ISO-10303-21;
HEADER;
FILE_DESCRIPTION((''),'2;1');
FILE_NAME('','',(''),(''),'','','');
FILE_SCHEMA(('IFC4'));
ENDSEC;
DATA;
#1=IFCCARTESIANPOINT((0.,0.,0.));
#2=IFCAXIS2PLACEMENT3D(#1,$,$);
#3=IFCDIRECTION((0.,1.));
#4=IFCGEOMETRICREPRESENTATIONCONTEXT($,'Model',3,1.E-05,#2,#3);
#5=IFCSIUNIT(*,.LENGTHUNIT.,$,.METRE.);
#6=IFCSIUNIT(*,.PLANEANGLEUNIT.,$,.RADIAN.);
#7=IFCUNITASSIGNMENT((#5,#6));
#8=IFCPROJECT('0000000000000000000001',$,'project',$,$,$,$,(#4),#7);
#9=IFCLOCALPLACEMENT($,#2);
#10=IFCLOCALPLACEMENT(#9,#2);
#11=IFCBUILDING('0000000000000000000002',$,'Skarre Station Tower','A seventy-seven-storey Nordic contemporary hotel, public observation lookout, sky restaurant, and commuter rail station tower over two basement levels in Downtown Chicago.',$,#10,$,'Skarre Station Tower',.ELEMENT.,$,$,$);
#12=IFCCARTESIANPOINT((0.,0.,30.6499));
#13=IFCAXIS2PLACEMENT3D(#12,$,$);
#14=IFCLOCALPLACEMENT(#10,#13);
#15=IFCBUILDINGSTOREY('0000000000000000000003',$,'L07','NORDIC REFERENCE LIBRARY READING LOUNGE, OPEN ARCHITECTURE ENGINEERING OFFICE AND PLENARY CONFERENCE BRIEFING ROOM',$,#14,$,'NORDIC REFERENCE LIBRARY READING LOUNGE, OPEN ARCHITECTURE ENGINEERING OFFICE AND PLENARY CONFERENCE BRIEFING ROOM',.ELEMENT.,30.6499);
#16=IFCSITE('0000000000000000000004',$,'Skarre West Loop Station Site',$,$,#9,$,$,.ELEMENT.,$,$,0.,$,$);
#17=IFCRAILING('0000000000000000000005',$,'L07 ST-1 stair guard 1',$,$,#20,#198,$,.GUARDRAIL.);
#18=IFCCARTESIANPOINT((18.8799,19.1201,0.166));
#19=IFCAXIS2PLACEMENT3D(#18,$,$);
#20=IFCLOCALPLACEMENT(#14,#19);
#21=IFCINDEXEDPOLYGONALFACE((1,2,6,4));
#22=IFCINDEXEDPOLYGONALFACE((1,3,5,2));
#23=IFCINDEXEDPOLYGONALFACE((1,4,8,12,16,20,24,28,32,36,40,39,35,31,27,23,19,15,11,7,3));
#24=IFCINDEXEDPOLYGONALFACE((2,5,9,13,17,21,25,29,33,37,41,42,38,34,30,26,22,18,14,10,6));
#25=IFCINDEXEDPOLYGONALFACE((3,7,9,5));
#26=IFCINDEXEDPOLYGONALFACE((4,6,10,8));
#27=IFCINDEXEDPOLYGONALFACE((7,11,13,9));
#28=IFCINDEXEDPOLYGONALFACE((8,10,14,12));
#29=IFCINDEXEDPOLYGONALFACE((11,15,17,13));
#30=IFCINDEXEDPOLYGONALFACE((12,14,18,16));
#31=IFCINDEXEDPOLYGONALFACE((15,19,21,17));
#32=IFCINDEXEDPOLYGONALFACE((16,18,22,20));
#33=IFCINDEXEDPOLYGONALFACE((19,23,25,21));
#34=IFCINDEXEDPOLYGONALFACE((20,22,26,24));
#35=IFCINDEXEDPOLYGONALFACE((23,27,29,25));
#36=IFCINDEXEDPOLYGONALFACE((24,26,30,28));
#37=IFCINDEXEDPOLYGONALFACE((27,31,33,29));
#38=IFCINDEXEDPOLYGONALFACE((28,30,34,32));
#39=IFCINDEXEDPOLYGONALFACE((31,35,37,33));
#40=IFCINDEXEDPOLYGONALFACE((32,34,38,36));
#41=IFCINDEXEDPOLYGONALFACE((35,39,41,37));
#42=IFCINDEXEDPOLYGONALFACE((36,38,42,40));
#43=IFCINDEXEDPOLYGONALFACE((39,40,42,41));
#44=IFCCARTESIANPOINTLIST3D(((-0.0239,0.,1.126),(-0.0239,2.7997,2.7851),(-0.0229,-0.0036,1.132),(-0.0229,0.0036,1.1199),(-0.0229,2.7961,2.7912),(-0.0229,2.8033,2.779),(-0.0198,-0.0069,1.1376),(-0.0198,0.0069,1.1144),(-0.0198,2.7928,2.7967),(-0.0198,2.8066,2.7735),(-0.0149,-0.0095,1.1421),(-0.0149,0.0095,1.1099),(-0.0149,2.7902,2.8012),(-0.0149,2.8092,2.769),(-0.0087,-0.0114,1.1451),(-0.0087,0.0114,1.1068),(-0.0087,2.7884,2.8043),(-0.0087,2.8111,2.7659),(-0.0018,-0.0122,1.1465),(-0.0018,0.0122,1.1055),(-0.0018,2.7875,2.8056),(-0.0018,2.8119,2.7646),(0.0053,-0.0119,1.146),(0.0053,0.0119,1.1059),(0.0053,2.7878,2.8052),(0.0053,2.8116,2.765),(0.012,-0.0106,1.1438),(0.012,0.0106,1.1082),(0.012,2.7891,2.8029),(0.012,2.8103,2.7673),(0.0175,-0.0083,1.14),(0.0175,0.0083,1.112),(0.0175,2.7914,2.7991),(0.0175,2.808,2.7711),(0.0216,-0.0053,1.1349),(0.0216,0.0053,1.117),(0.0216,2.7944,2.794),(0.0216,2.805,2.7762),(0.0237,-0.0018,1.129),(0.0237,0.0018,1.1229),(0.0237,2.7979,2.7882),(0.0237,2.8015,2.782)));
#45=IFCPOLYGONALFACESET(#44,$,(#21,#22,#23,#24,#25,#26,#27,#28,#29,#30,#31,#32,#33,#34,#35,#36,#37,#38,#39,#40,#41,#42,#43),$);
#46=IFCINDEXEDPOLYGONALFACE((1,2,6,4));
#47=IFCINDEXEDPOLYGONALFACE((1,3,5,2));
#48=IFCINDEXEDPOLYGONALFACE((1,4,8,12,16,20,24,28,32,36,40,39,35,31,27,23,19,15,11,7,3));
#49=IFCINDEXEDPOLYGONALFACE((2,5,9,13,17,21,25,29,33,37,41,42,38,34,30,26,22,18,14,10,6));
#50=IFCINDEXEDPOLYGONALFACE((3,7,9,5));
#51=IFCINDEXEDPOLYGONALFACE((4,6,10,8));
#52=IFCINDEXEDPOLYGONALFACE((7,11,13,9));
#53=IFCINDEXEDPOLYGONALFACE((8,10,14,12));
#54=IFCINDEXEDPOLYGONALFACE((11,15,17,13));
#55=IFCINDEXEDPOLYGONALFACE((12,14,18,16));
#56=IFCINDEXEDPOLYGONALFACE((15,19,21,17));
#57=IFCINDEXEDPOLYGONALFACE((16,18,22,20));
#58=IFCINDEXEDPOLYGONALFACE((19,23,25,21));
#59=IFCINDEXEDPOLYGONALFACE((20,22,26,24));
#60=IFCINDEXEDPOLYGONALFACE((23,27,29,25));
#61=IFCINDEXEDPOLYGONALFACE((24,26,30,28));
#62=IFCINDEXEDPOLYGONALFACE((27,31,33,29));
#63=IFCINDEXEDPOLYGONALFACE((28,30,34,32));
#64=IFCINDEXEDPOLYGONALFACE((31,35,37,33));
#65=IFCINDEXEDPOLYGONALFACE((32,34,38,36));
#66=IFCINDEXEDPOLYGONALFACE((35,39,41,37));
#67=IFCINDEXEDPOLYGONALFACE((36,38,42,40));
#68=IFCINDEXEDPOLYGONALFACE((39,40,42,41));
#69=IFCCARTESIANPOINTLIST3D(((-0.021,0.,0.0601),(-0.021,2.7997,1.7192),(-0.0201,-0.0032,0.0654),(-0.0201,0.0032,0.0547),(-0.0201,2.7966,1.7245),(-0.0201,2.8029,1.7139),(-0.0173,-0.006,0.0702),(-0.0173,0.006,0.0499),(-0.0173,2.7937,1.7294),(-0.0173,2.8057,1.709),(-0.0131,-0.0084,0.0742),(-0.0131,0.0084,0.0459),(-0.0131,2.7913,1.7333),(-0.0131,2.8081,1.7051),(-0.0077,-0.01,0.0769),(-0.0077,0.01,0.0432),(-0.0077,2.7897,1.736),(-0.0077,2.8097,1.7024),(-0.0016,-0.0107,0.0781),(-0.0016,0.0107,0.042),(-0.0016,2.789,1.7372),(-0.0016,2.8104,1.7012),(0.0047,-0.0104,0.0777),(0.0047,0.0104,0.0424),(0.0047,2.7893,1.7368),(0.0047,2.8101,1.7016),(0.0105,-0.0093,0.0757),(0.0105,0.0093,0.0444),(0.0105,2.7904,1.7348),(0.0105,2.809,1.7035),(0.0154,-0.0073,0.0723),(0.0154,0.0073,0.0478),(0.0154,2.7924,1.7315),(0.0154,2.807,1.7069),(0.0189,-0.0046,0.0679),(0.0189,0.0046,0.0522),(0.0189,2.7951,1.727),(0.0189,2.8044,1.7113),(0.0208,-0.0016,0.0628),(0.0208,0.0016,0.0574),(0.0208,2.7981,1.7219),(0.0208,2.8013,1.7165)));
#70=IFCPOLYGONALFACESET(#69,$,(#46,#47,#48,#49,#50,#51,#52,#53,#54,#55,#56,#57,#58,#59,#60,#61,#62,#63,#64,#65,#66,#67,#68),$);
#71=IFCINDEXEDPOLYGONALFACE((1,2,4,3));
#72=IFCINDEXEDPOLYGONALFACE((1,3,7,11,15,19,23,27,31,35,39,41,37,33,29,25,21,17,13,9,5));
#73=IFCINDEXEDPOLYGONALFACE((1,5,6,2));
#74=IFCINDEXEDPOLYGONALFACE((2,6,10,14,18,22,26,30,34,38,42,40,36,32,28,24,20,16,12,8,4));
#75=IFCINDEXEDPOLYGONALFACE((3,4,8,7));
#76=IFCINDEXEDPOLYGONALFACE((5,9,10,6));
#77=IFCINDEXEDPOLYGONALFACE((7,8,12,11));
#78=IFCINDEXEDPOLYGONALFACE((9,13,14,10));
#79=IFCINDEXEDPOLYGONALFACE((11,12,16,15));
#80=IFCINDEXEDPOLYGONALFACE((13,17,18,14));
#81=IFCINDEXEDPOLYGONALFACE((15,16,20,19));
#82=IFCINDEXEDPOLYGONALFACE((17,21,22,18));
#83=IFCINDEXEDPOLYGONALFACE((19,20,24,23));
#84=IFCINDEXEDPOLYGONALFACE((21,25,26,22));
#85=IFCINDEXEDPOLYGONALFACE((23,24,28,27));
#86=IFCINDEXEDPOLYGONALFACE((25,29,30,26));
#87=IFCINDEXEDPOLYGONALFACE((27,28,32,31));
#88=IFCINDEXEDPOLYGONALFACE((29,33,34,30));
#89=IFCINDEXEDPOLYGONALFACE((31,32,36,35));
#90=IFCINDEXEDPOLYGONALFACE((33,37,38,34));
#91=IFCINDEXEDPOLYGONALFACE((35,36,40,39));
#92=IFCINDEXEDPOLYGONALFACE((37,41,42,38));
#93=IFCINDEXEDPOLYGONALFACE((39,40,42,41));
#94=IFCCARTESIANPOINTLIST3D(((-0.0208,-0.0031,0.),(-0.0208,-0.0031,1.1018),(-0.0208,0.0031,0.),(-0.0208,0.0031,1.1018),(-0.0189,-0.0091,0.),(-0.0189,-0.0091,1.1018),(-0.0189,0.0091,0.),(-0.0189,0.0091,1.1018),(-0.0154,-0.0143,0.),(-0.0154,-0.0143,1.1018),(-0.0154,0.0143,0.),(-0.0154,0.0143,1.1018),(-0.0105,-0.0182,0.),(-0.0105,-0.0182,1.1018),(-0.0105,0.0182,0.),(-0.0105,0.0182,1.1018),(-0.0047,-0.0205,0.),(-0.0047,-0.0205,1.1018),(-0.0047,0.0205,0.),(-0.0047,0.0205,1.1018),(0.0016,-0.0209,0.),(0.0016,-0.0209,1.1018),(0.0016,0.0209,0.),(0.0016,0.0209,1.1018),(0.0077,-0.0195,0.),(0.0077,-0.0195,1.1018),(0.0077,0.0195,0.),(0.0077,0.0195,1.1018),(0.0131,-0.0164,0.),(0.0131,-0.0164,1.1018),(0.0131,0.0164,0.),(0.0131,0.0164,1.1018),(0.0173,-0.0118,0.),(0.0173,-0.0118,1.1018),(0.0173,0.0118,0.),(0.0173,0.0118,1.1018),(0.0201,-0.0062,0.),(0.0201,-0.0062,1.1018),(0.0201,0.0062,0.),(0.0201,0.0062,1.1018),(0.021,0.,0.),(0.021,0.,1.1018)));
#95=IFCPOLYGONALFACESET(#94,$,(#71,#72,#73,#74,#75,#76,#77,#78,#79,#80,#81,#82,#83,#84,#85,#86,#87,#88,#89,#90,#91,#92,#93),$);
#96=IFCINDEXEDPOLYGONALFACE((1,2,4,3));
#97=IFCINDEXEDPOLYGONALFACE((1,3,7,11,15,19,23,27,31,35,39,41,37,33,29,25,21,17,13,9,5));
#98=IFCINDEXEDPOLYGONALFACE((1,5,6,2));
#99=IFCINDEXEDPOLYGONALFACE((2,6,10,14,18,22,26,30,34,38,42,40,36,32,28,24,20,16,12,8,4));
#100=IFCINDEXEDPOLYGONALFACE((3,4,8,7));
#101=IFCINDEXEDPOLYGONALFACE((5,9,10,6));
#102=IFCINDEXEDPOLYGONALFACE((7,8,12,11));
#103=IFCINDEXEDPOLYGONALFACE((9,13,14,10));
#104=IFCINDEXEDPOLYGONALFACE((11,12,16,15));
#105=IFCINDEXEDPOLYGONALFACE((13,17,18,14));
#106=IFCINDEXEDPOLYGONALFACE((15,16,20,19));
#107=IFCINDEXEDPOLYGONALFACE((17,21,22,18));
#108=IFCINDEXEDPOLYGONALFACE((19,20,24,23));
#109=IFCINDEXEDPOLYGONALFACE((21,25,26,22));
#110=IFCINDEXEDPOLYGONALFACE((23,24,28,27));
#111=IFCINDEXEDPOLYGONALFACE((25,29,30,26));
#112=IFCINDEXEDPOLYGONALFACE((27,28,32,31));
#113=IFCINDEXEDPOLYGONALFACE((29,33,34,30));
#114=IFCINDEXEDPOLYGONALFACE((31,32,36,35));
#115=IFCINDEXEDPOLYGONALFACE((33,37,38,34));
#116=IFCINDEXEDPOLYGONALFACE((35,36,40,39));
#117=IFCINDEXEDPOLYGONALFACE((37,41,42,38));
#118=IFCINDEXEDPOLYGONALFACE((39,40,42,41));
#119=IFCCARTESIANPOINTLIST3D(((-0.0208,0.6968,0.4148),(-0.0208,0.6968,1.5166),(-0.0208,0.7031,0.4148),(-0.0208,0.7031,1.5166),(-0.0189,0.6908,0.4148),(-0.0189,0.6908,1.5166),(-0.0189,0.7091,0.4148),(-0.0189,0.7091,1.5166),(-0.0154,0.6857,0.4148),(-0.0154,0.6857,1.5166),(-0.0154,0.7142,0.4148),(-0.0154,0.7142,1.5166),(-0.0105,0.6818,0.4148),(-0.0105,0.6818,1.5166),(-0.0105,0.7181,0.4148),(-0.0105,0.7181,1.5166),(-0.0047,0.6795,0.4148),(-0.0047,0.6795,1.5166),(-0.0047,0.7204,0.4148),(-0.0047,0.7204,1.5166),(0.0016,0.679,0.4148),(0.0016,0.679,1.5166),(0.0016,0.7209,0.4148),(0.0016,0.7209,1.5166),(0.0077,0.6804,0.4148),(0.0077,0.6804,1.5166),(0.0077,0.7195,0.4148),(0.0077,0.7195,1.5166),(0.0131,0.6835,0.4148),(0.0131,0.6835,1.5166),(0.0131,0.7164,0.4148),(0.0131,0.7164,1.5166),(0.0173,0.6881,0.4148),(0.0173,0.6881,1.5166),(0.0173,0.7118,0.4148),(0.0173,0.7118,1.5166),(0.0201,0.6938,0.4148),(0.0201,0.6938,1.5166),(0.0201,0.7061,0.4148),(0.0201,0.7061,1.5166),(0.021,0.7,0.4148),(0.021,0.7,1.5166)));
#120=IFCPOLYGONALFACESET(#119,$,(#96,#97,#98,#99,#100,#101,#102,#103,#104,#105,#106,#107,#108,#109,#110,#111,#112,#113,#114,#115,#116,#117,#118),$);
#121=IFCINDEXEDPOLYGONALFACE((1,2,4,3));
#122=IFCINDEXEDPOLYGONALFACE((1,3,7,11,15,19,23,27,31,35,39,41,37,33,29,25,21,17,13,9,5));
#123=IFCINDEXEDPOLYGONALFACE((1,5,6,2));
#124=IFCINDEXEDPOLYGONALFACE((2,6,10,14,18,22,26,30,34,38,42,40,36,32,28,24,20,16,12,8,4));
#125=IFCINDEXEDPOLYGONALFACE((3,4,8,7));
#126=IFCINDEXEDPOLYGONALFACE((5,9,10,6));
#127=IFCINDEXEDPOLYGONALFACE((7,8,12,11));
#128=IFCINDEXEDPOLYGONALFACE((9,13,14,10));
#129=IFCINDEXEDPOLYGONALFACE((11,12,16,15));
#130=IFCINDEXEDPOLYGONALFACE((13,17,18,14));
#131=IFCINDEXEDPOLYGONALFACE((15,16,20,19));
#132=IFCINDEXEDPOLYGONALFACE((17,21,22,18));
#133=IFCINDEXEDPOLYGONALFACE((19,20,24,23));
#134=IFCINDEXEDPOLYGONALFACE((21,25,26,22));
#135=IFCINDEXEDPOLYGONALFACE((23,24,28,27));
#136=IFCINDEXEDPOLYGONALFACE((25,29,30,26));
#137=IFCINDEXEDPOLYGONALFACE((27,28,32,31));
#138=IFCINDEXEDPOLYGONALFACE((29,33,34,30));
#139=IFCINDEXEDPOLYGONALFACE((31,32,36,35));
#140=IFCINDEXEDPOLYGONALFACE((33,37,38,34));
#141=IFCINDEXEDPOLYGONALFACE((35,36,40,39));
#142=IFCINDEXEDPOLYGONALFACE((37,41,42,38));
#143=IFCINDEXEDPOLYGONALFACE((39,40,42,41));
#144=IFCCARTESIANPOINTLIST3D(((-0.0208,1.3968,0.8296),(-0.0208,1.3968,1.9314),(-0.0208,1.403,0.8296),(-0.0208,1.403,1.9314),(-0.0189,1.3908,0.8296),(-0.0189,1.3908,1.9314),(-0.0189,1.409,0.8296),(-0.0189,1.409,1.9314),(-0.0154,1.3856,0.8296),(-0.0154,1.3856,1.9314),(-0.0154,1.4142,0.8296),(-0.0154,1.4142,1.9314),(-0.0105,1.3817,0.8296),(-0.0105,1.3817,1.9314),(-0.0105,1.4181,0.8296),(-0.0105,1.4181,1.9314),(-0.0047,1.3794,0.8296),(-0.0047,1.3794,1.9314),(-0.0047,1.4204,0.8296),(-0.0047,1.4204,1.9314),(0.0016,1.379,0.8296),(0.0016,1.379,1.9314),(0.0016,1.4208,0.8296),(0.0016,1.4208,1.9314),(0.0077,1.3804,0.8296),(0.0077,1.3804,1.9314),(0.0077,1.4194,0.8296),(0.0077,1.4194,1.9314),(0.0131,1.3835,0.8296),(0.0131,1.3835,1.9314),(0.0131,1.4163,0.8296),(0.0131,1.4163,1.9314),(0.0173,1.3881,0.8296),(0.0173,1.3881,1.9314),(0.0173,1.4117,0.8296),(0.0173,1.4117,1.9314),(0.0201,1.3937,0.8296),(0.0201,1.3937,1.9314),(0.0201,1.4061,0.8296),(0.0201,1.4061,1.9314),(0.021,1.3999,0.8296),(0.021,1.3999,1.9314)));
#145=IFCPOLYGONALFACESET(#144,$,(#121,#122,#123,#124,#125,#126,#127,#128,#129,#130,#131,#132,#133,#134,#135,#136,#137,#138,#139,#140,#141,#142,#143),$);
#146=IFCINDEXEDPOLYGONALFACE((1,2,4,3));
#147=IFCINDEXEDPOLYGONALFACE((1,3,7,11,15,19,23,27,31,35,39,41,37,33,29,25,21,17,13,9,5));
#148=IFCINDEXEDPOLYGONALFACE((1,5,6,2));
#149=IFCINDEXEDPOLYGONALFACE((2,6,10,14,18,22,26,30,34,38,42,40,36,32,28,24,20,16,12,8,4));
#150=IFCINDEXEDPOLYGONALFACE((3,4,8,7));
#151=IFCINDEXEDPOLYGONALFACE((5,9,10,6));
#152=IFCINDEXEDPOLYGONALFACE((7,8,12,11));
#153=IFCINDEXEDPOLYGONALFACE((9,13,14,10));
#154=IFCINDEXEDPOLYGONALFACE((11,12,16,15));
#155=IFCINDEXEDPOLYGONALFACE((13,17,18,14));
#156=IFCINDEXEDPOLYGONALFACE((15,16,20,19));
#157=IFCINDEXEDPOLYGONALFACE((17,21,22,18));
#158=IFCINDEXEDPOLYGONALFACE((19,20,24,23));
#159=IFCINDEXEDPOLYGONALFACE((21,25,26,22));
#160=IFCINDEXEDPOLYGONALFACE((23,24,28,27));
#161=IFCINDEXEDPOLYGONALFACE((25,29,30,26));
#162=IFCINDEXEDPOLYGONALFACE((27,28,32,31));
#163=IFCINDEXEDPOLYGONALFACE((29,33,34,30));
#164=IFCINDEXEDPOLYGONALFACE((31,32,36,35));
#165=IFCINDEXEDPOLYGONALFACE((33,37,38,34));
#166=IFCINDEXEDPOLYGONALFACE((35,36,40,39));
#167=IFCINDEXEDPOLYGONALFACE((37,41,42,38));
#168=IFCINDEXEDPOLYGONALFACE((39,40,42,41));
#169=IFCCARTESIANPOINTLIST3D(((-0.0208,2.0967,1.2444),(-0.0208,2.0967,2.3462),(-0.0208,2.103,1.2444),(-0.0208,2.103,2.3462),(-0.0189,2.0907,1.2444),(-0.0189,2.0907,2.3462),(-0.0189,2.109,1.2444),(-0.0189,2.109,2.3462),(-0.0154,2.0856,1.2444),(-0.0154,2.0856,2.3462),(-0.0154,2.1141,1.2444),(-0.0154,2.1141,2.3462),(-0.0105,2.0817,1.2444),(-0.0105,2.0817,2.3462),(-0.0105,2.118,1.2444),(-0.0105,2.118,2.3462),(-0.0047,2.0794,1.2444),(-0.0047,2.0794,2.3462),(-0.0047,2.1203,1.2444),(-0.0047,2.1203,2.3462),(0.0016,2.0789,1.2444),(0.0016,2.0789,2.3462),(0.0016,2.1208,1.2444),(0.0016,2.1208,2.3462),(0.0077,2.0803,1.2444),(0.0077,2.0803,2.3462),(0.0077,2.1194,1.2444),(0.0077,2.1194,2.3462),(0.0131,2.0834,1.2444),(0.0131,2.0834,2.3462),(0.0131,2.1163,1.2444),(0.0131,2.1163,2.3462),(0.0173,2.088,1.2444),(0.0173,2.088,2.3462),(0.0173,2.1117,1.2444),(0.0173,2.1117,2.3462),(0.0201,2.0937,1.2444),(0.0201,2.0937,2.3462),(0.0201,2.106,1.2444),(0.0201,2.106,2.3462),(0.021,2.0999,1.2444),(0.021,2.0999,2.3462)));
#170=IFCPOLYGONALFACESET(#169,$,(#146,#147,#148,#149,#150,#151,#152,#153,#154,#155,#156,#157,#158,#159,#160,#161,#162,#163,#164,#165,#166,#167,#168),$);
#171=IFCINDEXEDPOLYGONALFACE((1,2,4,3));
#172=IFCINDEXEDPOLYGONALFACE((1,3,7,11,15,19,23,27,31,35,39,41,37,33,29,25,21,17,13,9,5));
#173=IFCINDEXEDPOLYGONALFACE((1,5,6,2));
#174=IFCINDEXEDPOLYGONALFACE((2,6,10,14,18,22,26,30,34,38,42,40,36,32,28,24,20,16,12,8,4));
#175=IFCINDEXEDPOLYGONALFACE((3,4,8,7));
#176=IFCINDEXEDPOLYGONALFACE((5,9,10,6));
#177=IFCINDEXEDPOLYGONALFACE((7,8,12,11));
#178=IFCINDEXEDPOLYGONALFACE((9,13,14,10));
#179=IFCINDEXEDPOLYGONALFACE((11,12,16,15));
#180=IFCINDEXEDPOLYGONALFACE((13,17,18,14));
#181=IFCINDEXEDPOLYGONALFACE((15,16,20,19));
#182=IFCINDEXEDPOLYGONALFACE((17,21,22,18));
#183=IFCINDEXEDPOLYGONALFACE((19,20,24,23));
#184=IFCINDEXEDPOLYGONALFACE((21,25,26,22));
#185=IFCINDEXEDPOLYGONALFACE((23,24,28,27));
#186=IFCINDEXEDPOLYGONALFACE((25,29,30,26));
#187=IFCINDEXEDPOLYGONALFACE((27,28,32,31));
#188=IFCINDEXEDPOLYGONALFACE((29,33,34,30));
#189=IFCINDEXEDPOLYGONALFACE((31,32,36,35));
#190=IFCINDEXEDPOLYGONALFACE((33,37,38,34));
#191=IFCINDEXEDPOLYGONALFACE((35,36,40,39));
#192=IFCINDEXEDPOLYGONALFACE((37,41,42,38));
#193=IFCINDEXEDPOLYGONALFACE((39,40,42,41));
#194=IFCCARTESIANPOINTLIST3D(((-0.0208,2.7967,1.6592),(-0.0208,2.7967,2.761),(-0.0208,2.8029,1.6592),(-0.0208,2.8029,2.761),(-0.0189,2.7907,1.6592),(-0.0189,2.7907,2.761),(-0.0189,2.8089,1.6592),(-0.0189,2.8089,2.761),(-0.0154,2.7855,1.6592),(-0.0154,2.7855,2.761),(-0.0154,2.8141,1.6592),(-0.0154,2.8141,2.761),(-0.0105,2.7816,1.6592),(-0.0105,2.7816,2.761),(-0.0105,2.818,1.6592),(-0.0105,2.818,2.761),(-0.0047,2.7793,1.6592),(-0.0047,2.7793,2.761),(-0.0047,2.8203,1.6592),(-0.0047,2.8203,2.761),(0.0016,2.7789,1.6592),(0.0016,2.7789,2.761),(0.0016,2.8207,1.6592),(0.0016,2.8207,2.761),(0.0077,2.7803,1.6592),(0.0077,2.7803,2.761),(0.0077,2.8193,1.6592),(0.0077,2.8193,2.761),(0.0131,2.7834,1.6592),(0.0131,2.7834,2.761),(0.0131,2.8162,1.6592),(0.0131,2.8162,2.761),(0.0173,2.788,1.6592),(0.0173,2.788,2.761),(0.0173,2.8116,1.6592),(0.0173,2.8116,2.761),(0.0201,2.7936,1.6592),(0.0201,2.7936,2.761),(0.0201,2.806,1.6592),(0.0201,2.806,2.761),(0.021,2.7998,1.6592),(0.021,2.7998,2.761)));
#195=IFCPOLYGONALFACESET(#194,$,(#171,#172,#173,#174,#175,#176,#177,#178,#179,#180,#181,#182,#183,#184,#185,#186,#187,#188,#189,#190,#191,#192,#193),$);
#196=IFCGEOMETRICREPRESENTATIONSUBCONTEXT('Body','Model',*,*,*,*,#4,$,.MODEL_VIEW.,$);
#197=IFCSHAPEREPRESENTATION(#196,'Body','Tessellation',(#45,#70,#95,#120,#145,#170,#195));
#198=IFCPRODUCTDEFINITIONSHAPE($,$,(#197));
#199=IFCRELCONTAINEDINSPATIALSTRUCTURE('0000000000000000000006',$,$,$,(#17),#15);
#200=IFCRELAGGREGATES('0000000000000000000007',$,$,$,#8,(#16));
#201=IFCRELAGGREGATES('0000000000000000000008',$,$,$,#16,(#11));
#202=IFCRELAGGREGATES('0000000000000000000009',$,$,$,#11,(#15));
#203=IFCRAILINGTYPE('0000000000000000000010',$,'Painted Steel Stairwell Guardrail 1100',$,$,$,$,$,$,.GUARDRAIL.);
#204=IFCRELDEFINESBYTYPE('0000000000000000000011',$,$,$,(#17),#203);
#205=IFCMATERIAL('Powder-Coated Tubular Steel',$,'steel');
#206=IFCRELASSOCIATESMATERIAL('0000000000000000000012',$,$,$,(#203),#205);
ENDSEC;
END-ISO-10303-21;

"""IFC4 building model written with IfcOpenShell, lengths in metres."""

from ifc_helpers import new_model, si_unit, direction, frame, origin, origin_2d, place, context, subcontext, project, spatial, circle, extrude, material, type_object, element, save


model = new_model("IFC4")

# Units and contexts
model_context = context("Model", 3, precision=1e-05, world=origin(), true_north=direction((0.0, 1.0)))
body_context = subcontext(model_context, "Body", "Model", "MODEL_VIEW")
ifc_project = project(units=[si_unit("LENGTHUNIT", "METRE"), si_unit("PLANEANGLEUNIT", "RADIAN")], contexts=[model_context])

# Site, building, storey
site_placement = place(None, origin())
site = spatial("IfcSite", under=ifc_project, at=site_placement, Name="Skarre West Loop Station Site", CompositionType="ELEMENT", RefElevation=0.0)
building_placement = place(site_placement, origin())
building = spatial("IfcBuilding", under=site, at=building_placement, Name="Skarre Station Tower", Description="A seventy-seven-storey Nordic contemporary hotel, public observation lookout, sky restaurant, and commuter rail station tower over two basement levels in Downtown Chicago.", LongName="Skarre Station Tower", CompositionType="ELEMENT")
storey_placement = place(building_placement, frame((0.0, 0.0, 30.6499)))
storey = spatial("IfcBuildingStorey", under=building, at=storey_placement, Name="L07", Description="NORDIC REFERENCE LIBRARY READING LOUNGE, OPEN ARCHITECTURE ENGINEERING OFFICE AND PLENARY CONFERENCE BRIEFING ROOM", LongName="NORDIC REFERENCE LIBRARY READING LOUNGE, OPEN ARCHITECTURE ENGINEERING OFFICE AND PLENARY CONFERENCE BRIEFING ROOM", CompositionType="ELEMENT", Elevation=30.6499)

# Railing
ifc_material_1 = material(Name="Powder-Coated Tubular Steel", Category="steel")
railing_type_1 = type_object("IfcRailingType", Name="Painted Steel Stairwell Guardrail 1100", PredefinedType="GUARDRAIL", material=ifc_material_1)
railing_1_placement = place(storey_placement, frame((18.8799, 19.1201, 0.166)))
element("IfcRailing", 1, at=railing_1_placement, inside=storey, type_object=railing_type_1, Name="L07 ST-1 stair guard 1", PredefinedType="GUARDRAIL", context=body_context, shape_type="SweptSolid", body=[
    extrude(circle(Radius=0.0239, at=origin_2d()), frame((0.0, 0.0, 1.126), z_axis=(0.0, 0.860287, 0.509811), x_axis=(-1.0, 0.0, 0.0)), (0.0, 0.0, 1.0), 3.2544),
    extrude(circle(Radius=0.021, at=origin_2d()), frame((0.0, 0.0, 0.0601), z_axis=(0.0, 0.860287, 0.509811), x_axis=(-1.0, 0.0, 0.0)), (0.0, 0.0, 1.0), 3.2544),
    extrude(circle(Radius=0.021, at=origin_2d()), origin(), (0.0, 0.0, 1.0), 1.1018),
    extrude(circle(Radius=0.021, at=origin_2d()), frame((0.0, 0.7, 0.4148)), (0.0, 0.0, 1.0), 1.1018),
    extrude(circle(Radius=0.021, at=origin_2d()), frame((0.0, 1.3999, 0.8296)), (0.0, 0.0, 1.0), 1.1018),
    extrude(circle(Radius=0.021, at=origin_2d()), frame((0.0, 2.0999, 1.2444)), (0.0, 0.0, 1.0), 1.1018),
    extrude(circle(Radius=0.021, at=origin_2d()), frame((0.0, 2.7998, 1.6592)), (0.0, 0.0, 1.0), 1.1018),
])

save(model, "model.ifc")
